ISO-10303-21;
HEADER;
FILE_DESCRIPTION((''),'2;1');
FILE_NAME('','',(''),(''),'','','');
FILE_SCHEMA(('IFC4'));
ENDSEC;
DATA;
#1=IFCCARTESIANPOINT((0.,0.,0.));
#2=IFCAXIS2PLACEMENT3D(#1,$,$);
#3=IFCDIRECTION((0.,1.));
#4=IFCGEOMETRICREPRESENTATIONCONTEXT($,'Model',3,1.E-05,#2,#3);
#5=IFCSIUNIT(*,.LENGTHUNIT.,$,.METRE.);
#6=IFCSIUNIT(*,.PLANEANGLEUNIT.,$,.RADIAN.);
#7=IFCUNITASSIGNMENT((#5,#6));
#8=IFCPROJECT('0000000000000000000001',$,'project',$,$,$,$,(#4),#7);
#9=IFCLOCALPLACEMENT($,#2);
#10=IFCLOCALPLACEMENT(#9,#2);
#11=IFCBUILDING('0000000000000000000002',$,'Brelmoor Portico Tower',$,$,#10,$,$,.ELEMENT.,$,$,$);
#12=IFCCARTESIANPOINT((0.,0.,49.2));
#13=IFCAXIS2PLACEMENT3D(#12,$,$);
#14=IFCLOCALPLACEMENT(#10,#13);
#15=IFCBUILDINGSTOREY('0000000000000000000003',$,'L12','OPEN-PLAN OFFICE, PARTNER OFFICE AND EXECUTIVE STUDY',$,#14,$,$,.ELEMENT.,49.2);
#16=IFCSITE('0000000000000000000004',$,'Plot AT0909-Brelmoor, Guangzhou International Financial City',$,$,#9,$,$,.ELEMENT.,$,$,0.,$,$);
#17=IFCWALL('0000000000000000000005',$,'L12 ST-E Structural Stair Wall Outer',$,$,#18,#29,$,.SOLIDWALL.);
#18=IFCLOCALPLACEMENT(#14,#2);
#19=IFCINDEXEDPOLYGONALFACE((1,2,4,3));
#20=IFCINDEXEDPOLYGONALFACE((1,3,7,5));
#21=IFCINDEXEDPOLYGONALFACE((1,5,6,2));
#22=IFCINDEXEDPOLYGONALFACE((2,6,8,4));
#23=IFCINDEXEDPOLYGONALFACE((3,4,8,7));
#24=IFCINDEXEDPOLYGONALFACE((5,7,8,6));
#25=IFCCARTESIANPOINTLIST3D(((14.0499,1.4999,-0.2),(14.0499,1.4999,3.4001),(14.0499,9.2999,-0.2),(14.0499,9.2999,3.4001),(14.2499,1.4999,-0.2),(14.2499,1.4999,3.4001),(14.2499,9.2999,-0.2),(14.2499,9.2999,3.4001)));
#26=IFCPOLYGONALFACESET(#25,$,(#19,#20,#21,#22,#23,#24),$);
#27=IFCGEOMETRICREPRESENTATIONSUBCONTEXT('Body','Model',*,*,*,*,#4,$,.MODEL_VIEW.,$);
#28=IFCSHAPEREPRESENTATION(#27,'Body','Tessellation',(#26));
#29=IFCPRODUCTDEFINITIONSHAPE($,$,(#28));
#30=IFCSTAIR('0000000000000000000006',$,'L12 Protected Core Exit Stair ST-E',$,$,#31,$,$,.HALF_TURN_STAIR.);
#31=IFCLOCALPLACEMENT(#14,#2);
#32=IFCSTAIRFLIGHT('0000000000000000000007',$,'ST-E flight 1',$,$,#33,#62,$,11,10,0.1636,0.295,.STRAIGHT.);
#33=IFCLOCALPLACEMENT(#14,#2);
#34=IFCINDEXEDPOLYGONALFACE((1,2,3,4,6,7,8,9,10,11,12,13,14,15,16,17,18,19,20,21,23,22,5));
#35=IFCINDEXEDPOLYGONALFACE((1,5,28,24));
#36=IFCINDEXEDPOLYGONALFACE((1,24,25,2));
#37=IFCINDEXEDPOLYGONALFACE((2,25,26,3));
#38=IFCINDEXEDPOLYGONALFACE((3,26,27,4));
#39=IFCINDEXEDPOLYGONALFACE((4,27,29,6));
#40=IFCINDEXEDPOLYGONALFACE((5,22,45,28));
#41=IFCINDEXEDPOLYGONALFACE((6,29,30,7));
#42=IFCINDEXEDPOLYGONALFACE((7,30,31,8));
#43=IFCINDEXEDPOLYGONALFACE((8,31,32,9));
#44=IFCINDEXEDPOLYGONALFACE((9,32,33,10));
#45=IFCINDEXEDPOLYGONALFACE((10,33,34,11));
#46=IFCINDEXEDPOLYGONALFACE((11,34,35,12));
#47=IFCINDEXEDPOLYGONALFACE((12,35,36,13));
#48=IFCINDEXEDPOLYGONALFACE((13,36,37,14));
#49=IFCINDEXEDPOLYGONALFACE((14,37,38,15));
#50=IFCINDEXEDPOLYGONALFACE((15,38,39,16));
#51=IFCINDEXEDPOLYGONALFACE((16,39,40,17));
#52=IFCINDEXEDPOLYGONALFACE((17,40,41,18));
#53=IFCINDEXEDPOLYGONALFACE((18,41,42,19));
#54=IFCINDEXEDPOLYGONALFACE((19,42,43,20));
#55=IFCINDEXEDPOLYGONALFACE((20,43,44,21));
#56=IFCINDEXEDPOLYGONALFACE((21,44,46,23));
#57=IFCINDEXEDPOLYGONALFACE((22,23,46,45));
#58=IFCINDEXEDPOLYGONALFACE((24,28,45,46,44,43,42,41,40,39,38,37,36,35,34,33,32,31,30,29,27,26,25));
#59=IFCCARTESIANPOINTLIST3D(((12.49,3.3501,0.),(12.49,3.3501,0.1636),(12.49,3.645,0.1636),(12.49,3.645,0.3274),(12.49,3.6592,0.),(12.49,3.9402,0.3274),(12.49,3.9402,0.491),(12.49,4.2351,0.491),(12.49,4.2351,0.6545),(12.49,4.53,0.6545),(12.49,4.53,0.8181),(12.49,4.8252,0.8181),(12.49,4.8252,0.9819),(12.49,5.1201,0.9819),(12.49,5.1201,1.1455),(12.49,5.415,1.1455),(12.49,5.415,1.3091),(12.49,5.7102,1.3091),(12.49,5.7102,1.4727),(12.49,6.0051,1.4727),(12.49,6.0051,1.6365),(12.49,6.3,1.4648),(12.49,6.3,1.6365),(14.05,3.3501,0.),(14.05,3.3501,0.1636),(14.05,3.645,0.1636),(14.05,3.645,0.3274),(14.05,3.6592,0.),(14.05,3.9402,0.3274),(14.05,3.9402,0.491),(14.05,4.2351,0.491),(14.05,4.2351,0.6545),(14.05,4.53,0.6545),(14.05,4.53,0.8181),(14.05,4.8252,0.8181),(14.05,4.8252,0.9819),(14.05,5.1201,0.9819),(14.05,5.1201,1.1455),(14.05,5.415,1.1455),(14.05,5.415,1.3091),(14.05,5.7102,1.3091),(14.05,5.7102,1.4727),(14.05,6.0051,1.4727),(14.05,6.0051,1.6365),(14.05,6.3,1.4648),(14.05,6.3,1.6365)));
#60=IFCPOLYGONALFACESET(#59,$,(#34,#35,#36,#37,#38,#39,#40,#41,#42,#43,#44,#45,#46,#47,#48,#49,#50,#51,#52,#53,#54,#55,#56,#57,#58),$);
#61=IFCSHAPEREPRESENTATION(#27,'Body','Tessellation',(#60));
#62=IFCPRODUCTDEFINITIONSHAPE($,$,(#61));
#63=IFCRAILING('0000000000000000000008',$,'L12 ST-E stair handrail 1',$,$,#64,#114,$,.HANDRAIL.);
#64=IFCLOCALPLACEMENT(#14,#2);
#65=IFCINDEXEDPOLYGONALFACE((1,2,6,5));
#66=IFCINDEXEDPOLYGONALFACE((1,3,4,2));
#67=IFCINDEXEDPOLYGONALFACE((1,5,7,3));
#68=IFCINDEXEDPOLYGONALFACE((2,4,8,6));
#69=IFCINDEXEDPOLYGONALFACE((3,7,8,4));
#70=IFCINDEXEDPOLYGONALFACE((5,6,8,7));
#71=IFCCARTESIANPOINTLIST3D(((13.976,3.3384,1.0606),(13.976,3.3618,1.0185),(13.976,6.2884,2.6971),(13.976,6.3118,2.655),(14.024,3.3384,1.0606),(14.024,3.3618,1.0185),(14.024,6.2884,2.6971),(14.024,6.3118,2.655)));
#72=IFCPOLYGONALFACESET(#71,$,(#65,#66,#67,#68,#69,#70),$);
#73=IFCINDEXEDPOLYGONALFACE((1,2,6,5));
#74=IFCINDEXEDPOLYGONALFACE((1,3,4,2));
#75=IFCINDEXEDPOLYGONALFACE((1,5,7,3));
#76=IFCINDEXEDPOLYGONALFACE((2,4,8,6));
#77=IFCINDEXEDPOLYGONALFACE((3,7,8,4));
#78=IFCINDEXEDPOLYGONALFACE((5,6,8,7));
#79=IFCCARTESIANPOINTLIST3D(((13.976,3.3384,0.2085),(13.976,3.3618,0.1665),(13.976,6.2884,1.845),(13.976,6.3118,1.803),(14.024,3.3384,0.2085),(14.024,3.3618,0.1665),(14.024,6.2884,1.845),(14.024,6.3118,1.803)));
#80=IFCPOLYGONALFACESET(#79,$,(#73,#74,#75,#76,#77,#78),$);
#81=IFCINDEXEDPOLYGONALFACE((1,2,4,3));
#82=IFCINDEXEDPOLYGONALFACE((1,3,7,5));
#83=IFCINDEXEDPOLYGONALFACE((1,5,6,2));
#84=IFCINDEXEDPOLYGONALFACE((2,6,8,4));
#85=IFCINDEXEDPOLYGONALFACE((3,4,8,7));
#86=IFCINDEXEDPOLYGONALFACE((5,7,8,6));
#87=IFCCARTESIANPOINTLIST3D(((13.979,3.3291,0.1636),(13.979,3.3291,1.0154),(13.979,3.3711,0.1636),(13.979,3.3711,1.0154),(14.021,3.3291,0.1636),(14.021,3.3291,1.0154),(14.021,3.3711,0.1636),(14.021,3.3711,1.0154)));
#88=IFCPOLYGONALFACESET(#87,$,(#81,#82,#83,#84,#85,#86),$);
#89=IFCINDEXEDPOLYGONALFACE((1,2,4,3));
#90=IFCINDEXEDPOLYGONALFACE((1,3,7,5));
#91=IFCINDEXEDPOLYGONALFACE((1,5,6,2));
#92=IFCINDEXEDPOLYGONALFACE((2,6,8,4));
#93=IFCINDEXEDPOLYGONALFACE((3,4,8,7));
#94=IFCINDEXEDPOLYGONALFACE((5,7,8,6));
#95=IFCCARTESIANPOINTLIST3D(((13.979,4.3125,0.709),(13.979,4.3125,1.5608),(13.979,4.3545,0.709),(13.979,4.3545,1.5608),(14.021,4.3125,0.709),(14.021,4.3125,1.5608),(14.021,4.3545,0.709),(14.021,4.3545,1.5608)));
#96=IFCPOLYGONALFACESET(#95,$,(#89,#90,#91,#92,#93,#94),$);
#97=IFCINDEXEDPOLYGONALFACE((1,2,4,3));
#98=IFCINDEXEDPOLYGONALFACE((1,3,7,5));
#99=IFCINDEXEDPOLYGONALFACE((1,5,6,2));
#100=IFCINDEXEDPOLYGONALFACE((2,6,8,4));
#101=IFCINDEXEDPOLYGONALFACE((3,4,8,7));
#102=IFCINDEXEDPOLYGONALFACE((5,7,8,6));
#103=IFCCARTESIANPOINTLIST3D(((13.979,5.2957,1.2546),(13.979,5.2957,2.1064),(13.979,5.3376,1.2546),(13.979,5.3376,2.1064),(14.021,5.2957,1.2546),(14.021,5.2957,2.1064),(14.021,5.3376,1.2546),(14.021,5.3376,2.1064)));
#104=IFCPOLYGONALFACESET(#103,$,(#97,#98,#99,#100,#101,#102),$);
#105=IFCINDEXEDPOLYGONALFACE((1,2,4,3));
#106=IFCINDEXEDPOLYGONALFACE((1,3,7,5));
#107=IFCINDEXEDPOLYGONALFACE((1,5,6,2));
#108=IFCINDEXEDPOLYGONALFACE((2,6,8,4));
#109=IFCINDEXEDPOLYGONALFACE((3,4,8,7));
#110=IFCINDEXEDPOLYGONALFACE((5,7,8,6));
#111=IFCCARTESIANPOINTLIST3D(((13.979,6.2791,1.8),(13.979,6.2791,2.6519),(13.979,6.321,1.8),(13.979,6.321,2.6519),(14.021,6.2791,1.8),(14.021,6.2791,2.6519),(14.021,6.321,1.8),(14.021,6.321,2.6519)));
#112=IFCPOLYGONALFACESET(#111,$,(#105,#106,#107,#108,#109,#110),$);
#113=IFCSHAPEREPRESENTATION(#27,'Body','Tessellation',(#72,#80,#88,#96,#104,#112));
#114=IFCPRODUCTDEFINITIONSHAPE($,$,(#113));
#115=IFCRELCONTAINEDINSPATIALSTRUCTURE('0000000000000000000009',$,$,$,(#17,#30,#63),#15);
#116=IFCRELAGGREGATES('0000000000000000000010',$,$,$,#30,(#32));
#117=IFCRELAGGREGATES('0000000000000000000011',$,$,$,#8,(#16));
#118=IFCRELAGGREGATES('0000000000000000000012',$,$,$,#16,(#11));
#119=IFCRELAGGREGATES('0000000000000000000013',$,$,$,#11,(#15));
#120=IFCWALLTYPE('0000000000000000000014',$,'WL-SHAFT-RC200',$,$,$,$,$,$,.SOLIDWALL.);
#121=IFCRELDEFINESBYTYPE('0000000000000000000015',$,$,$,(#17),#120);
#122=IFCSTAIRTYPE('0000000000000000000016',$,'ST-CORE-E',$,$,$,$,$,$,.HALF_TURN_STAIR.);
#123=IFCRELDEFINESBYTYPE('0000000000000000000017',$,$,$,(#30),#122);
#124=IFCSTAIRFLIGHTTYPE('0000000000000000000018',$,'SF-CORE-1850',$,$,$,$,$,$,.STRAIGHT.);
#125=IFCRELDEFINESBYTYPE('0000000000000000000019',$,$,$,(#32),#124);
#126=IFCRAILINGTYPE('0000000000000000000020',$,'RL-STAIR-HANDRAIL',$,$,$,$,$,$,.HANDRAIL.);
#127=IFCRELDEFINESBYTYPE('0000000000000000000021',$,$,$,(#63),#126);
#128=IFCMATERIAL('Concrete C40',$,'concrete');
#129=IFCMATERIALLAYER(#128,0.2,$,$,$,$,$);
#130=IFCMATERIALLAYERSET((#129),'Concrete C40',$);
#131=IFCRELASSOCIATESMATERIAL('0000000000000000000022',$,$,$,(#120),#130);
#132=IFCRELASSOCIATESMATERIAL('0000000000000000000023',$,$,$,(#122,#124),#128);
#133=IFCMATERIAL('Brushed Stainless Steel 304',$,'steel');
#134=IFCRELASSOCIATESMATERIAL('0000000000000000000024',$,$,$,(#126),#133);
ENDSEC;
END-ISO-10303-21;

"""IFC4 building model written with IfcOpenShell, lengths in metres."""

from ifc_helpers import new_model, si_unit, direction, frame, frame_2d, origin, origin_2d, place, context, subcontext, project, spatial, polyline, rectangle, outline, extrude, material, layer, layer_set, type_object, element, aggregate, save


model = new_model("IFC4")

# Units and contexts
model_context = context("Model", 3, precision=1e-05, world=origin(), true_north=direction((0.0, 1.0)))
body_context = subcontext(model_context, "Body", "Model", "MODEL_VIEW")
ifc_project = project(units=[si_unit("LENGTHUNIT", "METRE"), si_unit("PLANEANGLEUNIT", "RADIAN")], contexts=[model_context])

# Site, building, storey
site_placement = place(None, origin())
site = spatial("IfcSite", under=ifc_project, at=site_placement, Name="Plot AT0909-Brelmoor, Guangzhou International Financial City", CompositionType="ELEMENT", RefElevation=0.0)
building_placement = place(site_placement, origin())
building = spatial("IfcBuilding", under=site, at=building_placement, Name="Brelmoor Portico Tower", CompositionType="ELEMENT")
storey_placement = place(building_placement, frame((0.0, 0.0, 49.2)))
storey = spatial("IfcBuildingStorey", under=building, at=storey_placement, Name="L12", Description="OPEN-PLAN OFFICE, PARTNER OFFICE AND EXECUTIVE STUDY", CompositionType="ELEMENT", Elevation=49.2)

# Wall
ifc_material_1 = material(Name="Concrete C40", Category="concrete")
ifc_layer_1 = layer(ifc_material_1, 0.2)
ifc_layer_set_1 = layer_set([ifc_layer_1], Name="Concrete C40")
wall_type_1 = type_object("IfcWallType", Name="WL-SHAFT-RC200", PredefinedType="SOLIDWALL", material=ifc_layer_set_1)
wall_1_placement = place(storey_placement, frame((14.1499, 1.5, -0.2), z_axis=(0.0, 0.0, 1.0), x_axis=(0.0, 1.0, 0.0)))
element("IfcWall", 1, at=wall_1_placement, inside=storey, type_object=wall_type_1, Name="L12 ST-E Structural Stair Wall Outer", PredefinedType="SOLIDWALL", context=body_context, shape_type="SweptSolid", body=[
    extrude(rectangle(XDim=7.8, YDim=0.2, at=frame_2d((3.8999, 0.0))), origin(), (0.0, 0.0, 1.0), 3.6001),
])

# Stair, stair flight
stair_type = type_object("IfcStairType", Name="ST-CORE-E", PredefinedType="HALF_TURN_STAIR", material=ifc_material_1)
stair_placement = place(storey_placement, origin())
stair = element("IfcStair", 2, at=stair_placement, inside=storey, type_object=stair_type, Name="L12 Protected Core Exit Stair ST-E", PredefinedType="HALF_TURN_STAIR")
stair_flight_type = type_object("IfcStairFlightType", Name="SF-CORE-1850", PredefinedType="STRAIGHT", material=ifc_material_1)
stair_flight_placement = place(storey_placement, frame((13.27, 3.3501, 0.0), z_axis=(0.0, 0.0, 1.0), x_axis=(0.0, 1.0, 0.0)))
stair_flight = element("IfcStairFlight", 3, at=stair_flight_placement, type_object=stair_flight_type, Name="ST-E flight 1", NumberOfRisers=11, NumberOfTreads=10, PredefinedType="STRAIGHT", RiserHeight=0.1636, TreadLength=0.295, context=body_context, shape_type="SweptSolid", body=[
    extrude(outline(polyline([(0.0, 0.0), (0.0, 0.1636), (0.2949, 0.1636), (0.2949, 0.3274), (0.5901, 0.3274), (0.5901, 0.491), (0.885, 0.491), (0.885, 0.6545), (1.1799, 0.6545), (1.1799, 0.8181), (1.4751, 0.8181), (1.4751, 0.9819), (1.77, 0.9819), (1.77, 1.1455), (2.0649, 1.1455), (2.0649, 1.3091), (2.3601, 1.3091), (2.3601, 1.4727), (2.655, 1.4727), (2.655, 1.6365), (2.95, 1.6365), (2.95, 1.8), (2.95, 1.4648), (0.3091, 0.0), (0.0, 0.0)])), frame((0.0, 0.78, 0.0), z_axis=(0.0, -1.0, 0.0), x_axis=(1.0, 0.0, 0.0)), (0.0, 0.0, 1.0), 1.5601),
])
aggregate(stair, [stair_flight])

# Railing
ifc_material_2 = material(Name="Brushed Stainless Steel 304", Category="steel")
railing_type = type_object("IfcRailingType", Name="RL-STAIR-HANDRAIL", PredefinedType="HANDRAIL", material=ifc_material_2)
railing_placement = place(storey_placement, frame((14.0, 3.3501, 0.1636)))
element("IfcRailing", 4, at=railing_placement, inside=storey, type_object=railing_type, Name="L12 ST-E stair handrail 1", PredefinedType="HANDRAIL", context=body_context, shape_type="SweptSolid", body=[
    extrude(rectangle(XDim=0.0481, YDim=0.0481, at=origin_2d()), frame((0.0, 0.0, 0.876), z_axis=(0.0, 0.874458, 0.485102), x_axis=(-1.0, 0.0, 0.0)), (0.0, 0.0, 1.0), 3.3735),
    extrude(rectangle(XDim=0.0481, YDim=0.0481, at=origin_2d()), frame((0.0, 0.0, 0.0239), z_axis=(0.0, 0.874458, 0.485102), x_axis=(-1.0, 0.0, 0.0)), (0.0, 0.0, 1.0), 3.3735),
    extrude(rectangle(XDim=0.042, YDim=0.042, at=origin_2d()), origin(), (0.0, 0.0, 1.0), 0.8518),
    extrude(rectangle(XDim=0.042, YDim=0.042, at=origin_2d()), frame((0.0, 0.9834, 0.5454)), (0.0, 0.0, 1.0), 0.8518),
    extrude(rectangle(XDim=0.042, YDim=0.042, at=origin_2d()), frame((0.0, 1.9666, 1.0911)), (0.0, 0.0, 1.0), 0.8518),
    extrude(rectangle(XDim=0.042, YDim=0.042, at=origin_2d()), frame((0.0, 2.95, 1.6365)), (0.0, 0.0, 1.0), 0.8518),
])

save(model, "model.ifc")
